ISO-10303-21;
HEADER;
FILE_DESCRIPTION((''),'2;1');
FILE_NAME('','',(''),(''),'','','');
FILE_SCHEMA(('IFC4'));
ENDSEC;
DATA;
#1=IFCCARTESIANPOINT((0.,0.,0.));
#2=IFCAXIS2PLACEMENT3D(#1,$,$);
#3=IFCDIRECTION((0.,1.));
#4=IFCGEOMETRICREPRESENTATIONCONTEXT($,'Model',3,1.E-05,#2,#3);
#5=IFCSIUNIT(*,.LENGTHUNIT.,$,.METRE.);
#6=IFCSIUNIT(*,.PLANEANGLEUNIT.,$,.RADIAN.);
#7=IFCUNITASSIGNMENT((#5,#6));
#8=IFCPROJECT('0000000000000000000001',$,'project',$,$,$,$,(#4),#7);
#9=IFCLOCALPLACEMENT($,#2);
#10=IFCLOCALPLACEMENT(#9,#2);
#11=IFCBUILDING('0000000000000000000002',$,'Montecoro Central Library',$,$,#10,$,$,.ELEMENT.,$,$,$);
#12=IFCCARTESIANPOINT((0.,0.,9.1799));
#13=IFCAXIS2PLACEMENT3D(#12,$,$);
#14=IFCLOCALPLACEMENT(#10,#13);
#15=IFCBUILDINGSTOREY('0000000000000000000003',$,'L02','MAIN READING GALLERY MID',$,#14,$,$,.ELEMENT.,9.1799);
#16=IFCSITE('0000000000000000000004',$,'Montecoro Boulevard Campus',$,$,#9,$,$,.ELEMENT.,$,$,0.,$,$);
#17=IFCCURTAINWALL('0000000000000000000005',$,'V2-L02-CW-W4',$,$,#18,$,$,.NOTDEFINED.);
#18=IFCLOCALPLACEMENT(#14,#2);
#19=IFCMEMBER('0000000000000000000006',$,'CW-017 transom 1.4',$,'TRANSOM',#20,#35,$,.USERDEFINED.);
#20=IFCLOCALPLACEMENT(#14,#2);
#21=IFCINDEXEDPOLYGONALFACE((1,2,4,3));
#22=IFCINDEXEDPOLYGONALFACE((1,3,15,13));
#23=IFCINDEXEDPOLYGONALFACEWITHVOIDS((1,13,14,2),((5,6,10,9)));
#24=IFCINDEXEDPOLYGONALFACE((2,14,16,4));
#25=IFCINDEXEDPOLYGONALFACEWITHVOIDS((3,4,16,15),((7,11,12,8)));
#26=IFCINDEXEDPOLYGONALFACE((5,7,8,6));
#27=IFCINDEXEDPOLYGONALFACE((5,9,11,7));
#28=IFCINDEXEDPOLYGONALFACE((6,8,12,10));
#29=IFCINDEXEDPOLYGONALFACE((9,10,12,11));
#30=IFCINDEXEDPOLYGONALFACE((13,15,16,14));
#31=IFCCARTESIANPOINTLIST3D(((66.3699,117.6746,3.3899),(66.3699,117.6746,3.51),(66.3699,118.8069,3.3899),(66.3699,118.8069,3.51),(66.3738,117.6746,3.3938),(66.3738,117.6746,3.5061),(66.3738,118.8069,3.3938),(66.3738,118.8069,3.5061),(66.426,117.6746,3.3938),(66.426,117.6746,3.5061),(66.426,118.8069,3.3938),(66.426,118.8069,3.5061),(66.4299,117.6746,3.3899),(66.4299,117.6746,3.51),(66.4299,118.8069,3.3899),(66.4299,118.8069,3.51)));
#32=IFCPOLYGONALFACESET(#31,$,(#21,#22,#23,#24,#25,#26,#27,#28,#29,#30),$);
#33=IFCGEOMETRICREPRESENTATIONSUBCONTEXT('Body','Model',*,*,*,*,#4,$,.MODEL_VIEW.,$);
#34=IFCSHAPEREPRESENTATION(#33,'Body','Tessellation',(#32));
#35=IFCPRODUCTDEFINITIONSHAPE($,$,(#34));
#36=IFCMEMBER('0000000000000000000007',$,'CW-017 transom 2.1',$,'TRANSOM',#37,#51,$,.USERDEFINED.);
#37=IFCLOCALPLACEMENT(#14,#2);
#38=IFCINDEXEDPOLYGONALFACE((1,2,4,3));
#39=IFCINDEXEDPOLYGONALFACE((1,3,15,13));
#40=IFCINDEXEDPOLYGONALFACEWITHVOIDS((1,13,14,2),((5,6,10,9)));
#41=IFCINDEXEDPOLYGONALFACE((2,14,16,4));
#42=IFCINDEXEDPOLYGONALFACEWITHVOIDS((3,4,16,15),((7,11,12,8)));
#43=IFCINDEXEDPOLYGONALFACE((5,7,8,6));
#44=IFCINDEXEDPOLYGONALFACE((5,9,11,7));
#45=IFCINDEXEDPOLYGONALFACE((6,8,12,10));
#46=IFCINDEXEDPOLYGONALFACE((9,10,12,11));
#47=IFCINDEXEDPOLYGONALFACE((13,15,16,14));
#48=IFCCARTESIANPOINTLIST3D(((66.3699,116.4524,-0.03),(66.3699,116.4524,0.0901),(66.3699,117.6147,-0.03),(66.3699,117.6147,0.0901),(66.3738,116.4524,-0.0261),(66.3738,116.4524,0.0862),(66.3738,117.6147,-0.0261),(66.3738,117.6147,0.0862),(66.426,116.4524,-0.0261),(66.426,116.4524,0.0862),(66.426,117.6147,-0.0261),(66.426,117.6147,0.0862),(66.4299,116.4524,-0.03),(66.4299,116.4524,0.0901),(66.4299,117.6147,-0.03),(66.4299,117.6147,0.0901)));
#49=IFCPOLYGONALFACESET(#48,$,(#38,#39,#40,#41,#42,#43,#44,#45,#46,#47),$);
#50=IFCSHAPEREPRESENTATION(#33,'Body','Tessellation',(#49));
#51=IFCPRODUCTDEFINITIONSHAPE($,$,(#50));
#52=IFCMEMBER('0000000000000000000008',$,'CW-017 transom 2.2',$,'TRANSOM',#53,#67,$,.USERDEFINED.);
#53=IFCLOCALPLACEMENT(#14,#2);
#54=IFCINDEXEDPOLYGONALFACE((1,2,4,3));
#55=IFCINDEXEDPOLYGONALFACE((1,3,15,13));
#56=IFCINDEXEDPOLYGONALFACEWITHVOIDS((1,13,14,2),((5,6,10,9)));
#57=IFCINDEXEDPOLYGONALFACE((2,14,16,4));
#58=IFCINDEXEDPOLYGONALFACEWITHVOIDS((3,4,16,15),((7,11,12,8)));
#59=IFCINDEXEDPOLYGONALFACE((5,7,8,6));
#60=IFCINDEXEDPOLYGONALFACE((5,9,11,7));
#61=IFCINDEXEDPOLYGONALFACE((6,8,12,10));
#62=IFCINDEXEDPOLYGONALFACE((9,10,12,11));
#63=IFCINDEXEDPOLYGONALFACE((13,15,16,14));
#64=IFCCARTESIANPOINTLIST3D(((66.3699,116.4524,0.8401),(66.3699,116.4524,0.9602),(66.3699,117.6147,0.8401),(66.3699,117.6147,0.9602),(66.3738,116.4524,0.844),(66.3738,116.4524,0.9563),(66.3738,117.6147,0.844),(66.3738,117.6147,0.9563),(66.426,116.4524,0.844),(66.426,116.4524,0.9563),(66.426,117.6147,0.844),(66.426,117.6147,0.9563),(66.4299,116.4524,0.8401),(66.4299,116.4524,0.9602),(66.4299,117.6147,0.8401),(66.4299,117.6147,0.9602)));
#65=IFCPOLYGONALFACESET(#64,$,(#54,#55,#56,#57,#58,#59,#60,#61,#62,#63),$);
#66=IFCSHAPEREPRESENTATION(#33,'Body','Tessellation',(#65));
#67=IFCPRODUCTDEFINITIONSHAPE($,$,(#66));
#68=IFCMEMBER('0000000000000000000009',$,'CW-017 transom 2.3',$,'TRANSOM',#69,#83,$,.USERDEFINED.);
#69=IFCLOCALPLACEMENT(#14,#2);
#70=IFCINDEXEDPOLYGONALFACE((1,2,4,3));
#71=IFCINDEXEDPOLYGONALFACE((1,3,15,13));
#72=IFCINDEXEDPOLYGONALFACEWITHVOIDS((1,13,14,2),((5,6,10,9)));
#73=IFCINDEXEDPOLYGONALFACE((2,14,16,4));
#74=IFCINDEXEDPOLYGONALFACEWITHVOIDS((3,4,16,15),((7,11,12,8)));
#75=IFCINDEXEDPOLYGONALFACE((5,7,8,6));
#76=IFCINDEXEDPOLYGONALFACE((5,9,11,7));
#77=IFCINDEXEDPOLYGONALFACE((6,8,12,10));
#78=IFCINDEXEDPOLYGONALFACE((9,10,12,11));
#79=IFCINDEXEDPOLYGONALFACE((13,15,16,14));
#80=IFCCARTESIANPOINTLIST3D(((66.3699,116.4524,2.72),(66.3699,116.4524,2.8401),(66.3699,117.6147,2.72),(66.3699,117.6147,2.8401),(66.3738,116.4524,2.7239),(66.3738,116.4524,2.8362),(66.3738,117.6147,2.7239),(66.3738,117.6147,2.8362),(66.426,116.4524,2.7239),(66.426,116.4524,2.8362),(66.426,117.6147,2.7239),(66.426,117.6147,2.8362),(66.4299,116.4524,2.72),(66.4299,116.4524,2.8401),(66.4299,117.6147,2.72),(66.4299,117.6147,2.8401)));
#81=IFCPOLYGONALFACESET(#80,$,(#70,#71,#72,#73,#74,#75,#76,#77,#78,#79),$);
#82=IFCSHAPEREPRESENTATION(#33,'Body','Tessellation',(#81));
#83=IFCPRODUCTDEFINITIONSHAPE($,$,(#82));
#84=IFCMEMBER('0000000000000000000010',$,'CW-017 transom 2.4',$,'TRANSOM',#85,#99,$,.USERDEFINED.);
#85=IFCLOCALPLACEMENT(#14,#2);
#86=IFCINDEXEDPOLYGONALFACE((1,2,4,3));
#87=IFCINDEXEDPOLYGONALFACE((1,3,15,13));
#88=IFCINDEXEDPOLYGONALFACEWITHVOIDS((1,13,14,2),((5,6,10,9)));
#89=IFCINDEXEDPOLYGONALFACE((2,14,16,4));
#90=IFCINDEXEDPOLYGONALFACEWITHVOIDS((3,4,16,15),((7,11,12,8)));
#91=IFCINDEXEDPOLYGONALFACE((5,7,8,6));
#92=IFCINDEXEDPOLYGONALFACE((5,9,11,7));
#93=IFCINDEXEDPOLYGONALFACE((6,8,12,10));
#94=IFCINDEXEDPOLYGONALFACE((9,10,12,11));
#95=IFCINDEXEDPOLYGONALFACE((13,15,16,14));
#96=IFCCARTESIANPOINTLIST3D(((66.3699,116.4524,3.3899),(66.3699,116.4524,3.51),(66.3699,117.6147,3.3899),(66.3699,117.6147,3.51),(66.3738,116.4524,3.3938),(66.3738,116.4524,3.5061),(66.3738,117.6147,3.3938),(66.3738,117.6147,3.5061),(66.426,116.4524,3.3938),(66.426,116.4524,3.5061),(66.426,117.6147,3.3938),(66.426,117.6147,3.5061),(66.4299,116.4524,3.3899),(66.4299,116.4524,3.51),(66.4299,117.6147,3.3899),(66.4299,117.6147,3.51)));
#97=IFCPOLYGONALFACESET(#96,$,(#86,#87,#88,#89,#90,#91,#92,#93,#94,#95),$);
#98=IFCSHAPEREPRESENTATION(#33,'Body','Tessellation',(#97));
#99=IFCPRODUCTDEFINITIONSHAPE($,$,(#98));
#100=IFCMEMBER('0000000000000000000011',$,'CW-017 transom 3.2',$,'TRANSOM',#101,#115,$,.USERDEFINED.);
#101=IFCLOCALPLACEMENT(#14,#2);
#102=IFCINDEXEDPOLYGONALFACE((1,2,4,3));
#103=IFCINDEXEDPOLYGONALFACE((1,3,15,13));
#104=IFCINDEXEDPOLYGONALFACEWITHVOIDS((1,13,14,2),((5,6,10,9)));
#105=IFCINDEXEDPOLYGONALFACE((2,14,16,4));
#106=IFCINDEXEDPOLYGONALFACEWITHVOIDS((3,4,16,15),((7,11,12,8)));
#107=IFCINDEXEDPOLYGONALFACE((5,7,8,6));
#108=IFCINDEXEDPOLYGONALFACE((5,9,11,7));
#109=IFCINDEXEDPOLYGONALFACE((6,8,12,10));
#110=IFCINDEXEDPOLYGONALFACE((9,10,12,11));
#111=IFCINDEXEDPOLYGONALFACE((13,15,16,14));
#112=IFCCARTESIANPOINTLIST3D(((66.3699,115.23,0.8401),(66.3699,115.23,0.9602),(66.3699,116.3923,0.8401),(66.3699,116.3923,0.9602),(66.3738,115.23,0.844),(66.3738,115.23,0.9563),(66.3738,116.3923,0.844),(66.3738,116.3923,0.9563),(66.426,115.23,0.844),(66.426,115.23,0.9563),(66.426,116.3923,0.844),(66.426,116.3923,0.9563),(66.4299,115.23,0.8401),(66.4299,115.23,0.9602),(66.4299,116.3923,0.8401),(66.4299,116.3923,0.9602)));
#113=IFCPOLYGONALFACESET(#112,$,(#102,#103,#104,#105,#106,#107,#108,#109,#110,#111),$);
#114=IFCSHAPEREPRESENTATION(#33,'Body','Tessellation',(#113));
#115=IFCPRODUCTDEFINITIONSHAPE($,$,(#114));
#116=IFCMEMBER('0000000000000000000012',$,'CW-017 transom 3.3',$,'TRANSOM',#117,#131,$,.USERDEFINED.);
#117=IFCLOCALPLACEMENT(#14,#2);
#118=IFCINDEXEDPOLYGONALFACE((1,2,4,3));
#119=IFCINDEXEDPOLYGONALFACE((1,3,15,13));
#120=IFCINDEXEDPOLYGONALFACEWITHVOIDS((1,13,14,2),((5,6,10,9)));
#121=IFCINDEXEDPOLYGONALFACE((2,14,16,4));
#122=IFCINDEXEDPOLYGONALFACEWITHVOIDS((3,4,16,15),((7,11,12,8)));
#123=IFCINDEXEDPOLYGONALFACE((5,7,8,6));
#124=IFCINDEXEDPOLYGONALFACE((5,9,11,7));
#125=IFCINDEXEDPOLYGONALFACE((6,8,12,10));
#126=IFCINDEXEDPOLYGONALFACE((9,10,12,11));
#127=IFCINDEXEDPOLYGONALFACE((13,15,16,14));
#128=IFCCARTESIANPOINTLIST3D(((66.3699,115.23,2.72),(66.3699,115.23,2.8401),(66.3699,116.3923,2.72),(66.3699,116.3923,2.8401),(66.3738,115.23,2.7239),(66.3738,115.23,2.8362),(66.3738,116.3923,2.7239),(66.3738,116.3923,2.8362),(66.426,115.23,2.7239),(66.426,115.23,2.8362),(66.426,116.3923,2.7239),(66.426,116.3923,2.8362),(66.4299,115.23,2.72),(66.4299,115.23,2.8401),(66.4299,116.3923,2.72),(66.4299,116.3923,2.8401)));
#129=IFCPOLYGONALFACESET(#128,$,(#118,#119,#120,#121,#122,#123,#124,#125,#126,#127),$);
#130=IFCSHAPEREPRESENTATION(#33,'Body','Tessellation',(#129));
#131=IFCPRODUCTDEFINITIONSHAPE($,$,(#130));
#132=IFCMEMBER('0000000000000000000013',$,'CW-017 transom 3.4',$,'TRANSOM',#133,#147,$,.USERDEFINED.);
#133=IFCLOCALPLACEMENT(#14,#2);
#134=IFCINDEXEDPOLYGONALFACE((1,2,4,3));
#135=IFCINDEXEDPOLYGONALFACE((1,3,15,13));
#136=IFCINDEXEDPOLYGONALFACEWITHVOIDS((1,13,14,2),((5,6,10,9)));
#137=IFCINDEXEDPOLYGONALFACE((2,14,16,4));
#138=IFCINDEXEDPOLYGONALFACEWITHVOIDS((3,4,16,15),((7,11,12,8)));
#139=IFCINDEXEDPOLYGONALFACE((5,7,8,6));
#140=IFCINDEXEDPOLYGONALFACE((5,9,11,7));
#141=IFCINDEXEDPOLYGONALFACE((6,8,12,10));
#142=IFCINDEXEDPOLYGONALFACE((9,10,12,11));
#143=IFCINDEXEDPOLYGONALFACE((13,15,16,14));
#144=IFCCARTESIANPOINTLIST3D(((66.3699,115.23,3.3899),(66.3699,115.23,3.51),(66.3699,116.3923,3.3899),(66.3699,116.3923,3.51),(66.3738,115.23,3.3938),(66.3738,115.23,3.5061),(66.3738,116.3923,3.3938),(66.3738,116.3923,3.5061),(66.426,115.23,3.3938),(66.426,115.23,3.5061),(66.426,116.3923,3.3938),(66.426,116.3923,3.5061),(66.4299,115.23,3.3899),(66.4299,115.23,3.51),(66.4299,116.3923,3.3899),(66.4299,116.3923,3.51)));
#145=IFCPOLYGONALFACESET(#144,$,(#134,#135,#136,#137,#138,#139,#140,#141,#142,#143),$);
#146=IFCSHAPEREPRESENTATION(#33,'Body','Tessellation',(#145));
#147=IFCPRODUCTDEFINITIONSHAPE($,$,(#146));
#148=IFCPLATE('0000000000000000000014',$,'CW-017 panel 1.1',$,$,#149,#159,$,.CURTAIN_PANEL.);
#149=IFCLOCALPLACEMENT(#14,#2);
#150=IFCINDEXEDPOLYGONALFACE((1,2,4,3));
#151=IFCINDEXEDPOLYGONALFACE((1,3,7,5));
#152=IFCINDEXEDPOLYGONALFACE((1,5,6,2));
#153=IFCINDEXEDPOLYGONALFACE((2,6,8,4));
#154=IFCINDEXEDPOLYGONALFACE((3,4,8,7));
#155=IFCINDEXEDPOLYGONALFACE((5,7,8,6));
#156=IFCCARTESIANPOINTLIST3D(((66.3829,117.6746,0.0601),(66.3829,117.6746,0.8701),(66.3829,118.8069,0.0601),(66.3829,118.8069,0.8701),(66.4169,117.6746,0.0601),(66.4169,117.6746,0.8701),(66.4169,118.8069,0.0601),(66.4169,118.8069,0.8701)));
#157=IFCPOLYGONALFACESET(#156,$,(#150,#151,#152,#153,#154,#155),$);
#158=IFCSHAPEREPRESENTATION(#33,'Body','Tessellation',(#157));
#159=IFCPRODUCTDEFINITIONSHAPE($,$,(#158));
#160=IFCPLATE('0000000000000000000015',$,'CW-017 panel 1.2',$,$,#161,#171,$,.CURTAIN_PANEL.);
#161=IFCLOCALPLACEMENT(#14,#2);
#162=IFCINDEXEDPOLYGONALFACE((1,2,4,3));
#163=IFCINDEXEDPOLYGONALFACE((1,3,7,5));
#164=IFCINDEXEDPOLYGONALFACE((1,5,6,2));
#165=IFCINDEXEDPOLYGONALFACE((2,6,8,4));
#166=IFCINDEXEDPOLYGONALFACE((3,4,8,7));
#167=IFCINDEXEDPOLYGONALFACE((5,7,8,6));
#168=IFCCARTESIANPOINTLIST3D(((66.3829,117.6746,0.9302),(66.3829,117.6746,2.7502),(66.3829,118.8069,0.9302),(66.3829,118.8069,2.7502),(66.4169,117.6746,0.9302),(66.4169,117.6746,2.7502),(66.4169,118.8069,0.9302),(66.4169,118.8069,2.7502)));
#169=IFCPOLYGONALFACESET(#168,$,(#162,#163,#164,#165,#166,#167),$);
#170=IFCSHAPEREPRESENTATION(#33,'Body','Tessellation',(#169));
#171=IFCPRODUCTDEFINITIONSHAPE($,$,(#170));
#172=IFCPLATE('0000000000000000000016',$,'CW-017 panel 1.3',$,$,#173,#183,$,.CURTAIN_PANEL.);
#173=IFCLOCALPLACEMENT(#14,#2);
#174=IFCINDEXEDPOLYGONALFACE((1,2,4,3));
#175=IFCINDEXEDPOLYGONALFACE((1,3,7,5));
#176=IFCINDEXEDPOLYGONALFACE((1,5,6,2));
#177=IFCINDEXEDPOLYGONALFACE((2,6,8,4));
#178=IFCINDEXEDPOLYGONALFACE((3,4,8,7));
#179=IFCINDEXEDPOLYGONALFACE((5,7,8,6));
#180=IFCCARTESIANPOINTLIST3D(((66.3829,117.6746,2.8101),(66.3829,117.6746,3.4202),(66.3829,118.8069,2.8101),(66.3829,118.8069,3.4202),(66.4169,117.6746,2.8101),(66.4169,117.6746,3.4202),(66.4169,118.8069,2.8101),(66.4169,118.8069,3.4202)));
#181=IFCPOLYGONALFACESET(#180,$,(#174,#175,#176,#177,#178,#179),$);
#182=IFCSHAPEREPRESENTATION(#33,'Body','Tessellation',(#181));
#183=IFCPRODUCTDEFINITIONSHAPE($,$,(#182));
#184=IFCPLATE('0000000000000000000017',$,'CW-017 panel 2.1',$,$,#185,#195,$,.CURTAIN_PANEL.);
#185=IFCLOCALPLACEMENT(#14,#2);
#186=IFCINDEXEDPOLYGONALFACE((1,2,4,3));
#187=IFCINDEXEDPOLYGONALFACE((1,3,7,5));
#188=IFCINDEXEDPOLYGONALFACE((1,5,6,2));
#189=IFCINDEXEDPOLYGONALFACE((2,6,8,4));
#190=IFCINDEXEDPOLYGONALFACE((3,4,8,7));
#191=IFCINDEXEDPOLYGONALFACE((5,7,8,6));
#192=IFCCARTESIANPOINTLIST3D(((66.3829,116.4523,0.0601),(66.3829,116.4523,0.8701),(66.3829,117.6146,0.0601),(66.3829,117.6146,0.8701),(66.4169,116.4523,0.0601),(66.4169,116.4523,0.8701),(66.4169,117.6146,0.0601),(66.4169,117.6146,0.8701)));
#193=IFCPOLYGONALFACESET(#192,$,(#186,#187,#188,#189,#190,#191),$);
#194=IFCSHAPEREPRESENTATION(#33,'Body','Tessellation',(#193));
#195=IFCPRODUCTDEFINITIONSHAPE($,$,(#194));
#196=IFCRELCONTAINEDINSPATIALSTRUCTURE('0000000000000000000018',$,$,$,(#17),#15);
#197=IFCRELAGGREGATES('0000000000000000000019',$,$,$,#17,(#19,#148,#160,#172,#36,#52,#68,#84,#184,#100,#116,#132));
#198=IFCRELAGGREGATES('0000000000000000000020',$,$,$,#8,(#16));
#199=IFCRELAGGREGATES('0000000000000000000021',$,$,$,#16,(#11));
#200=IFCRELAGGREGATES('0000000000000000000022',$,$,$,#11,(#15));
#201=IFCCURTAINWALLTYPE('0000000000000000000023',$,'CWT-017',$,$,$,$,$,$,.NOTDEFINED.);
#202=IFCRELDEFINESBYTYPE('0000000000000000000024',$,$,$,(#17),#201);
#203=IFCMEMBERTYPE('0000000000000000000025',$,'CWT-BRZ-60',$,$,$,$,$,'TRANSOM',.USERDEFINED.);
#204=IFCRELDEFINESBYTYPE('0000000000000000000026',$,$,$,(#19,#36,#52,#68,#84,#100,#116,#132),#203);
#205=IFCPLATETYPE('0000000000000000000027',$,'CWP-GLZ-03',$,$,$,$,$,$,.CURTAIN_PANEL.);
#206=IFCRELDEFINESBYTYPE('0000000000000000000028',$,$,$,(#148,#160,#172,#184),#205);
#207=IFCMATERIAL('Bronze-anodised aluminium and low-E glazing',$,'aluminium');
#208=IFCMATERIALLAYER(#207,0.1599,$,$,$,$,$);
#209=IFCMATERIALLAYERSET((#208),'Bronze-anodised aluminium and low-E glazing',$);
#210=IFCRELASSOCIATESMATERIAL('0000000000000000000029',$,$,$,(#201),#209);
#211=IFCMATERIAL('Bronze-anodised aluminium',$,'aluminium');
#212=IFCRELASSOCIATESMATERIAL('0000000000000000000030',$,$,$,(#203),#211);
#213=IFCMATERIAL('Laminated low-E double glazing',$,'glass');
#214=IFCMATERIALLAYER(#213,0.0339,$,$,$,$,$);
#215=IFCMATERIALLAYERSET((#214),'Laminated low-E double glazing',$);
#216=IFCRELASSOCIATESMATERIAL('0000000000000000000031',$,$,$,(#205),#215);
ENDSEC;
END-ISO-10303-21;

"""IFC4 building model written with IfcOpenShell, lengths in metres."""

from ifc_helpers import new_model, si_unit, direction, frame, origin, origin_2d, place, context, subcontext, project, spatial, rectangle, hollow_rectangle, extrude, material, layer, layer_set, material_profile, profile_set, type_object, element, aggregate, save


model = new_model("IFC4")

# Units and contexts
model_context = context("Model", 3, precision=1e-05, world=origin(), true_north=direction((0.0, 1.0)))
body_context = subcontext(model_context, "Body", "Model", "MODEL_VIEW")
ifc_project = project(units=[si_unit("LENGTHUNIT", "METRE"), si_unit("PLANEANGLEUNIT", "RADIAN")], contexts=[model_context])

# Site, building, storey
site_placement = place(None, origin())
site = spatial("IfcSite", under=ifc_project, at=site_placement, Name="Montecoro Boulevard Campus", CompositionType="ELEMENT", RefElevation=0.0)
building_placement = place(site_placement, origin())
building = spatial("IfcBuilding", under=site, at=building_placement, Name="Montecoro Central Library", CompositionType="ELEMENT")
storey_placement = place(building_placement, frame((0.0, 0.0, 9.1799)))
storey = spatial("IfcBuildingStorey", under=building, at=storey_placement, Name="L02", Description="MAIN READING GALLERY MID", CompositionType="ELEMENT", Elevation=9.1799)

# Shared definitions
ifc_material_1 = material(Name="Bronze-anodised aluminium and low-E glazing", Category="aluminium")
ifc_material_2 = material(Name="Bronze-anodised aluminium", Category="aluminium")

# Curtain wall
ifc_layer_1 = layer(ifc_material_1, 0.1599)
ifc_layer_set_1 = layer_set([ifc_layer_1], Name="Bronze-anodised aluminium and low-E glazing")
curtain_wall_type_1 = type_object("IfcCurtainWallType", Name="CWT-017", PredefinedType="NOTDEFINED", material=ifc_layer_set_1)
curtain_wall_1_placement = place(storey_placement, origin())
curtain_wall_1 = element("IfcCurtainWall", 1, at=curtain_wall_1_placement, inside=storey, type_object=curtain_wall_type_1, Name="V2-L02-CW-W4", PredefinedType="NOTDEFINED")

# Members
ifc_material_profile_1 = material_profile(ifc_material_2, hollow_rectangle(XDim=0.0601, YDim=0.1201, WallThickness=0.0039, at=origin_2d()), Name="CWT 120x60x4.0")
ifc_profile_set_1 = profile_set([ifc_material_profile_1], Name="Bronze-anodised aluminium")
member_type_1 = type_object("IfcMemberType", Name="CWT-BRZ-60", ElementType="TRANSOM", PredefinedType="USERDEFINED", material=ifc_profile_set_1)
member_1_placement = place(storey_placement, frame((66.3999, 118.8069, 3.45), z_axis=(0.0, -1.0, 0.0), x_axis=(1.0, 0.0, 0.0)))
member_1 = element("IfcMember", 2, at=member_1_placement, type_object=member_type_1, Name="CW-017 transom 1.4", ObjectType="TRANSOM", PredefinedType="USERDEFINED", context=body_context, shape_type="SweptSolid", body=[
    extrude(hollow_rectangle(XDim=0.0601, YDim=0.1201, WallThickness=0.0039, at=origin_2d()), origin(), (0.0, 0.0, 1.0), 1.1323),
])
member_2_placement = place(storey_placement, frame((66.3999, 117.6147, 0.03), z_axis=(0.0, -1.0, 0.0), x_axis=(1.0, 0.0, 0.0)))
member_2 = element("IfcMember", 3, at=member_2_placement, type_object=member_type_1, Name="CW-017 transom 2.1", ObjectType="TRANSOM", PredefinedType="USERDEFINED", context=body_context, shape_type="SweptSolid", body=[
    extrude(hollow_rectangle(XDim=0.0601, YDim=0.1201, WallThickness=0.0039, at=origin_2d()), origin(), (0.0, 0.0, 1.0), 1.1624),
])
member_3_placement = place(storey_placement, frame((66.3999, 117.6147, 0.9001), z_axis=(0.0, -1.0, 0.0), x_axis=(1.0, 0.0, 0.0)))
member_3 = element("IfcMember", 4, at=member_3_placement, type_object=member_type_1, Name="CW-017 transom 2.2", ObjectType="TRANSOM", PredefinedType="USERDEFINED", context=body_context, shape_type="SweptSolid", body=[
    extrude(hollow_rectangle(XDim=0.0601, YDim=0.1201, WallThickness=0.0039, at=origin_2d()), origin(), (0.0, 0.0, 1.0), 1.1624),
])
member_4_placement = place(storey_placement, frame((66.3999, 117.6147, 2.78), z_axis=(0.0, -1.0, 0.0), x_axis=(1.0, 0.0, 0.0)))
member_4 = element("IfcMember", 5, at=member_4_placement, type_object=member_type_1, Name="CW-017 transom 2.3", ObjectType="TRANSOM", PredefinedType="USERDEFINED", context=body_context, shape_type="SweptSolid", body=[
    extrude(hollow_rectangle(XDim=0.0601, YDim=0.1201, WallThickness=0.0039, at=origin_2d()), origin(), (0.0, 0.0, 1.0), 1.1624),
])
member_5_placement = place(storey_placement, frame((66.3999, 117.6147, 3.45), z_axis=(0.0, -1.0, 0.0), x_axis=(1.0, 0.0, 0.0)))
member_5 = element("IfcMember", 6, at=member_5_placement, type_object=member_type_1, Name="CW-017 transom 2.4", ObjectType="TRANSOM", PredefinedType="USERDEFINED", context=body_context, shape_type="SweptSolid", body=[
    extrude(hollow_rectangle(XDim=0.0601, YDim=0.1201, WallThickness=0.0039, at=origin_2d()), origin(), (0.0, 0.0, 1.0), 1.1624),
])
member_6_placement = place(storey_placement, frame((66.3999, 116.3923, 0.9001), z_axis=(0.0, -1.0, 0.0), x_axis=(1.0, 0.0, 0.0)))
member_6 = element("IfcMember", 7, at=member_6_placement, type_object=member_type_1, Name="CW-017 transom 3.2", ObjectType="TRANSOM", PredefinedType="USERDEFINED", context=body_context, shape_type="SweptSolid", body=[
    extrude(hollow_rectangle(XDim=0.0601, YDim=0.1201, WallThickness=0.0039, at=origin_2d()), origin(), (0.0, 0.0, 1.0), 1.1624),
])
member_7_placement = place(storey_placement, frame((66.3999, 116.3923, 2.78), z_axis=(0.0, -1.0, 0.0), x_axis=(1.0, 0.0, 0.0)))
member_7 = element("IfcMember", 8, at=member_7_placement, type_object=member_type_1, Name="CW-017 transom 3.3", ObjectType="TRANSOM", PredefinedType="USERDEFINED", context=body_context, shape_type="SweptSolid", body=[
    extrude(hollow_rectangle(XDim=0.0601, YDim=0.1201, WallThickness=0.0039, at=origin_2d()), origin(), (0.0, 0.0, 1.0), 1.1624),
])
member_8_placement = place(storey_placement, frame((66.3999, 116.3923, 3.45), z_axis=(0.0, -1.0, 0.0), x_axis=(1.0, 0.0, 0.0)))
member_8 = element("IfcMember", 9, at=member_8_placement, type_object=member_type_1, Name="CW-017 transom 3.4", ObjectType="TRANSOM", PredefinedType="USERDEFINED", context=body_context, shape_type="SweptSolid", body=[
    extrude(hollow_rectangle(XDim=0.0601, YDim=0.1201, WallThickness=0.0039, at=origin_2d()), origin(), (0.0, 0.0, 1.0), 1.1624),
])

# Plates
ifc_material_3 = material(Name="Laminated low-E double glazing", Category="glass")
ifc_layer_2 = layer(ifc_material_3, 0.0339)
ifc_layer_set_2 = layer_set([ifc_layer_2], Name="Laminated low-E double glazing")
plate_type_1 = type_object("IfcPlateType", Name="CWP-GLZ-03", PredefinedType="CURTAIN_PANEL", material=ifc_layer_set_2)
plate_1_placement = place(storey_placement, frame((66.3999, 118.2407, 0.0601), z_axis=(0.0, 0.0, 1.0), x_axis=(0.0, -1.0, 0.0)))
plate_1 = element("IfcPlate", 10, at=plate_1_placement, type_object=plate_type_1, Name="CW-017 panel 1.1", PredefinedType="CURTAIN_PANEL", context=body_context, shape_type="SweptSolid", body=[
    extrude(rectangle(XDim=1.1323, YDim=0.0339, at=origin_2d()), origin(), (0.0, 0.0, 1.0), 0.8101),
])
plate_2_placement = place(storey_placement, frame((66.3999, 118.2407, 0.9302), z_axis=(0.0, 0.0, 1.0), x_axis=(0.0, -1.0, 0.0)))
plate_2 = element("IfcPlate", 11, at=plate_2_placement, type_object=plate_type_1, Name="CW-017 panel 1.2", PredefinedType="CURTAIN_PANEL", context=body_context, shape_type="SweptSolid", body=[
    extrude(rectangle(XDim=1.1323, YDim=0.0339, at=origin_2d()), origin(), (0.0, 0.0, 1.0), 1.8201),
])
plate_3_placement = place(storey_placement, frame((66.3999, 118.2407, 2.8101), z_axis=(0.0, 0.0, 1.0), x_axis=(0.0, -1.0, 0.0)))
plate_3 = element("IfcPlate", 12, at=plate_3_placement, type_object=plate_type_1, Name="CW-017 panel 1.3", PredefinedType="CURTAIN_PANEL", context=body_context, shape_type="SweptSolid", body=[
    extrude(rectangle(XDim=1.1323, YDim=0.0339, at=origin_2d()), origin(), (0.0, 0.0, 1.0), 0.6101),
])
plate_4_placement = place(storey_placement, frame((66.3999, 117.0334, 0.0601), z_axis=(0.0, 0.0, 1.0), x_axis=(0.0, -1.0, 0.0)))
plate_4 = element("IfcPlate", 13, at=plate_4_placement, type_object=plate_type_1, Name="CW-017 panel 2.1", PredefinedType="CURTAIN_PANEL", context=body_context, shape_type="SweptSolid", body=[
    extrude(rectangle(XDim=1.1624, YDim=0.0339, at=origin_2d()), origin(), (0.0, 0.0, 1.0), 0.8101),
])
aggregate(curtain_wall_1, [member_1, plate_1, plate_2, plate_3, member_2, member_3, member_4, member_5, plate_4, member_6, member_7, member_8])

save(model, "model.ifc")
